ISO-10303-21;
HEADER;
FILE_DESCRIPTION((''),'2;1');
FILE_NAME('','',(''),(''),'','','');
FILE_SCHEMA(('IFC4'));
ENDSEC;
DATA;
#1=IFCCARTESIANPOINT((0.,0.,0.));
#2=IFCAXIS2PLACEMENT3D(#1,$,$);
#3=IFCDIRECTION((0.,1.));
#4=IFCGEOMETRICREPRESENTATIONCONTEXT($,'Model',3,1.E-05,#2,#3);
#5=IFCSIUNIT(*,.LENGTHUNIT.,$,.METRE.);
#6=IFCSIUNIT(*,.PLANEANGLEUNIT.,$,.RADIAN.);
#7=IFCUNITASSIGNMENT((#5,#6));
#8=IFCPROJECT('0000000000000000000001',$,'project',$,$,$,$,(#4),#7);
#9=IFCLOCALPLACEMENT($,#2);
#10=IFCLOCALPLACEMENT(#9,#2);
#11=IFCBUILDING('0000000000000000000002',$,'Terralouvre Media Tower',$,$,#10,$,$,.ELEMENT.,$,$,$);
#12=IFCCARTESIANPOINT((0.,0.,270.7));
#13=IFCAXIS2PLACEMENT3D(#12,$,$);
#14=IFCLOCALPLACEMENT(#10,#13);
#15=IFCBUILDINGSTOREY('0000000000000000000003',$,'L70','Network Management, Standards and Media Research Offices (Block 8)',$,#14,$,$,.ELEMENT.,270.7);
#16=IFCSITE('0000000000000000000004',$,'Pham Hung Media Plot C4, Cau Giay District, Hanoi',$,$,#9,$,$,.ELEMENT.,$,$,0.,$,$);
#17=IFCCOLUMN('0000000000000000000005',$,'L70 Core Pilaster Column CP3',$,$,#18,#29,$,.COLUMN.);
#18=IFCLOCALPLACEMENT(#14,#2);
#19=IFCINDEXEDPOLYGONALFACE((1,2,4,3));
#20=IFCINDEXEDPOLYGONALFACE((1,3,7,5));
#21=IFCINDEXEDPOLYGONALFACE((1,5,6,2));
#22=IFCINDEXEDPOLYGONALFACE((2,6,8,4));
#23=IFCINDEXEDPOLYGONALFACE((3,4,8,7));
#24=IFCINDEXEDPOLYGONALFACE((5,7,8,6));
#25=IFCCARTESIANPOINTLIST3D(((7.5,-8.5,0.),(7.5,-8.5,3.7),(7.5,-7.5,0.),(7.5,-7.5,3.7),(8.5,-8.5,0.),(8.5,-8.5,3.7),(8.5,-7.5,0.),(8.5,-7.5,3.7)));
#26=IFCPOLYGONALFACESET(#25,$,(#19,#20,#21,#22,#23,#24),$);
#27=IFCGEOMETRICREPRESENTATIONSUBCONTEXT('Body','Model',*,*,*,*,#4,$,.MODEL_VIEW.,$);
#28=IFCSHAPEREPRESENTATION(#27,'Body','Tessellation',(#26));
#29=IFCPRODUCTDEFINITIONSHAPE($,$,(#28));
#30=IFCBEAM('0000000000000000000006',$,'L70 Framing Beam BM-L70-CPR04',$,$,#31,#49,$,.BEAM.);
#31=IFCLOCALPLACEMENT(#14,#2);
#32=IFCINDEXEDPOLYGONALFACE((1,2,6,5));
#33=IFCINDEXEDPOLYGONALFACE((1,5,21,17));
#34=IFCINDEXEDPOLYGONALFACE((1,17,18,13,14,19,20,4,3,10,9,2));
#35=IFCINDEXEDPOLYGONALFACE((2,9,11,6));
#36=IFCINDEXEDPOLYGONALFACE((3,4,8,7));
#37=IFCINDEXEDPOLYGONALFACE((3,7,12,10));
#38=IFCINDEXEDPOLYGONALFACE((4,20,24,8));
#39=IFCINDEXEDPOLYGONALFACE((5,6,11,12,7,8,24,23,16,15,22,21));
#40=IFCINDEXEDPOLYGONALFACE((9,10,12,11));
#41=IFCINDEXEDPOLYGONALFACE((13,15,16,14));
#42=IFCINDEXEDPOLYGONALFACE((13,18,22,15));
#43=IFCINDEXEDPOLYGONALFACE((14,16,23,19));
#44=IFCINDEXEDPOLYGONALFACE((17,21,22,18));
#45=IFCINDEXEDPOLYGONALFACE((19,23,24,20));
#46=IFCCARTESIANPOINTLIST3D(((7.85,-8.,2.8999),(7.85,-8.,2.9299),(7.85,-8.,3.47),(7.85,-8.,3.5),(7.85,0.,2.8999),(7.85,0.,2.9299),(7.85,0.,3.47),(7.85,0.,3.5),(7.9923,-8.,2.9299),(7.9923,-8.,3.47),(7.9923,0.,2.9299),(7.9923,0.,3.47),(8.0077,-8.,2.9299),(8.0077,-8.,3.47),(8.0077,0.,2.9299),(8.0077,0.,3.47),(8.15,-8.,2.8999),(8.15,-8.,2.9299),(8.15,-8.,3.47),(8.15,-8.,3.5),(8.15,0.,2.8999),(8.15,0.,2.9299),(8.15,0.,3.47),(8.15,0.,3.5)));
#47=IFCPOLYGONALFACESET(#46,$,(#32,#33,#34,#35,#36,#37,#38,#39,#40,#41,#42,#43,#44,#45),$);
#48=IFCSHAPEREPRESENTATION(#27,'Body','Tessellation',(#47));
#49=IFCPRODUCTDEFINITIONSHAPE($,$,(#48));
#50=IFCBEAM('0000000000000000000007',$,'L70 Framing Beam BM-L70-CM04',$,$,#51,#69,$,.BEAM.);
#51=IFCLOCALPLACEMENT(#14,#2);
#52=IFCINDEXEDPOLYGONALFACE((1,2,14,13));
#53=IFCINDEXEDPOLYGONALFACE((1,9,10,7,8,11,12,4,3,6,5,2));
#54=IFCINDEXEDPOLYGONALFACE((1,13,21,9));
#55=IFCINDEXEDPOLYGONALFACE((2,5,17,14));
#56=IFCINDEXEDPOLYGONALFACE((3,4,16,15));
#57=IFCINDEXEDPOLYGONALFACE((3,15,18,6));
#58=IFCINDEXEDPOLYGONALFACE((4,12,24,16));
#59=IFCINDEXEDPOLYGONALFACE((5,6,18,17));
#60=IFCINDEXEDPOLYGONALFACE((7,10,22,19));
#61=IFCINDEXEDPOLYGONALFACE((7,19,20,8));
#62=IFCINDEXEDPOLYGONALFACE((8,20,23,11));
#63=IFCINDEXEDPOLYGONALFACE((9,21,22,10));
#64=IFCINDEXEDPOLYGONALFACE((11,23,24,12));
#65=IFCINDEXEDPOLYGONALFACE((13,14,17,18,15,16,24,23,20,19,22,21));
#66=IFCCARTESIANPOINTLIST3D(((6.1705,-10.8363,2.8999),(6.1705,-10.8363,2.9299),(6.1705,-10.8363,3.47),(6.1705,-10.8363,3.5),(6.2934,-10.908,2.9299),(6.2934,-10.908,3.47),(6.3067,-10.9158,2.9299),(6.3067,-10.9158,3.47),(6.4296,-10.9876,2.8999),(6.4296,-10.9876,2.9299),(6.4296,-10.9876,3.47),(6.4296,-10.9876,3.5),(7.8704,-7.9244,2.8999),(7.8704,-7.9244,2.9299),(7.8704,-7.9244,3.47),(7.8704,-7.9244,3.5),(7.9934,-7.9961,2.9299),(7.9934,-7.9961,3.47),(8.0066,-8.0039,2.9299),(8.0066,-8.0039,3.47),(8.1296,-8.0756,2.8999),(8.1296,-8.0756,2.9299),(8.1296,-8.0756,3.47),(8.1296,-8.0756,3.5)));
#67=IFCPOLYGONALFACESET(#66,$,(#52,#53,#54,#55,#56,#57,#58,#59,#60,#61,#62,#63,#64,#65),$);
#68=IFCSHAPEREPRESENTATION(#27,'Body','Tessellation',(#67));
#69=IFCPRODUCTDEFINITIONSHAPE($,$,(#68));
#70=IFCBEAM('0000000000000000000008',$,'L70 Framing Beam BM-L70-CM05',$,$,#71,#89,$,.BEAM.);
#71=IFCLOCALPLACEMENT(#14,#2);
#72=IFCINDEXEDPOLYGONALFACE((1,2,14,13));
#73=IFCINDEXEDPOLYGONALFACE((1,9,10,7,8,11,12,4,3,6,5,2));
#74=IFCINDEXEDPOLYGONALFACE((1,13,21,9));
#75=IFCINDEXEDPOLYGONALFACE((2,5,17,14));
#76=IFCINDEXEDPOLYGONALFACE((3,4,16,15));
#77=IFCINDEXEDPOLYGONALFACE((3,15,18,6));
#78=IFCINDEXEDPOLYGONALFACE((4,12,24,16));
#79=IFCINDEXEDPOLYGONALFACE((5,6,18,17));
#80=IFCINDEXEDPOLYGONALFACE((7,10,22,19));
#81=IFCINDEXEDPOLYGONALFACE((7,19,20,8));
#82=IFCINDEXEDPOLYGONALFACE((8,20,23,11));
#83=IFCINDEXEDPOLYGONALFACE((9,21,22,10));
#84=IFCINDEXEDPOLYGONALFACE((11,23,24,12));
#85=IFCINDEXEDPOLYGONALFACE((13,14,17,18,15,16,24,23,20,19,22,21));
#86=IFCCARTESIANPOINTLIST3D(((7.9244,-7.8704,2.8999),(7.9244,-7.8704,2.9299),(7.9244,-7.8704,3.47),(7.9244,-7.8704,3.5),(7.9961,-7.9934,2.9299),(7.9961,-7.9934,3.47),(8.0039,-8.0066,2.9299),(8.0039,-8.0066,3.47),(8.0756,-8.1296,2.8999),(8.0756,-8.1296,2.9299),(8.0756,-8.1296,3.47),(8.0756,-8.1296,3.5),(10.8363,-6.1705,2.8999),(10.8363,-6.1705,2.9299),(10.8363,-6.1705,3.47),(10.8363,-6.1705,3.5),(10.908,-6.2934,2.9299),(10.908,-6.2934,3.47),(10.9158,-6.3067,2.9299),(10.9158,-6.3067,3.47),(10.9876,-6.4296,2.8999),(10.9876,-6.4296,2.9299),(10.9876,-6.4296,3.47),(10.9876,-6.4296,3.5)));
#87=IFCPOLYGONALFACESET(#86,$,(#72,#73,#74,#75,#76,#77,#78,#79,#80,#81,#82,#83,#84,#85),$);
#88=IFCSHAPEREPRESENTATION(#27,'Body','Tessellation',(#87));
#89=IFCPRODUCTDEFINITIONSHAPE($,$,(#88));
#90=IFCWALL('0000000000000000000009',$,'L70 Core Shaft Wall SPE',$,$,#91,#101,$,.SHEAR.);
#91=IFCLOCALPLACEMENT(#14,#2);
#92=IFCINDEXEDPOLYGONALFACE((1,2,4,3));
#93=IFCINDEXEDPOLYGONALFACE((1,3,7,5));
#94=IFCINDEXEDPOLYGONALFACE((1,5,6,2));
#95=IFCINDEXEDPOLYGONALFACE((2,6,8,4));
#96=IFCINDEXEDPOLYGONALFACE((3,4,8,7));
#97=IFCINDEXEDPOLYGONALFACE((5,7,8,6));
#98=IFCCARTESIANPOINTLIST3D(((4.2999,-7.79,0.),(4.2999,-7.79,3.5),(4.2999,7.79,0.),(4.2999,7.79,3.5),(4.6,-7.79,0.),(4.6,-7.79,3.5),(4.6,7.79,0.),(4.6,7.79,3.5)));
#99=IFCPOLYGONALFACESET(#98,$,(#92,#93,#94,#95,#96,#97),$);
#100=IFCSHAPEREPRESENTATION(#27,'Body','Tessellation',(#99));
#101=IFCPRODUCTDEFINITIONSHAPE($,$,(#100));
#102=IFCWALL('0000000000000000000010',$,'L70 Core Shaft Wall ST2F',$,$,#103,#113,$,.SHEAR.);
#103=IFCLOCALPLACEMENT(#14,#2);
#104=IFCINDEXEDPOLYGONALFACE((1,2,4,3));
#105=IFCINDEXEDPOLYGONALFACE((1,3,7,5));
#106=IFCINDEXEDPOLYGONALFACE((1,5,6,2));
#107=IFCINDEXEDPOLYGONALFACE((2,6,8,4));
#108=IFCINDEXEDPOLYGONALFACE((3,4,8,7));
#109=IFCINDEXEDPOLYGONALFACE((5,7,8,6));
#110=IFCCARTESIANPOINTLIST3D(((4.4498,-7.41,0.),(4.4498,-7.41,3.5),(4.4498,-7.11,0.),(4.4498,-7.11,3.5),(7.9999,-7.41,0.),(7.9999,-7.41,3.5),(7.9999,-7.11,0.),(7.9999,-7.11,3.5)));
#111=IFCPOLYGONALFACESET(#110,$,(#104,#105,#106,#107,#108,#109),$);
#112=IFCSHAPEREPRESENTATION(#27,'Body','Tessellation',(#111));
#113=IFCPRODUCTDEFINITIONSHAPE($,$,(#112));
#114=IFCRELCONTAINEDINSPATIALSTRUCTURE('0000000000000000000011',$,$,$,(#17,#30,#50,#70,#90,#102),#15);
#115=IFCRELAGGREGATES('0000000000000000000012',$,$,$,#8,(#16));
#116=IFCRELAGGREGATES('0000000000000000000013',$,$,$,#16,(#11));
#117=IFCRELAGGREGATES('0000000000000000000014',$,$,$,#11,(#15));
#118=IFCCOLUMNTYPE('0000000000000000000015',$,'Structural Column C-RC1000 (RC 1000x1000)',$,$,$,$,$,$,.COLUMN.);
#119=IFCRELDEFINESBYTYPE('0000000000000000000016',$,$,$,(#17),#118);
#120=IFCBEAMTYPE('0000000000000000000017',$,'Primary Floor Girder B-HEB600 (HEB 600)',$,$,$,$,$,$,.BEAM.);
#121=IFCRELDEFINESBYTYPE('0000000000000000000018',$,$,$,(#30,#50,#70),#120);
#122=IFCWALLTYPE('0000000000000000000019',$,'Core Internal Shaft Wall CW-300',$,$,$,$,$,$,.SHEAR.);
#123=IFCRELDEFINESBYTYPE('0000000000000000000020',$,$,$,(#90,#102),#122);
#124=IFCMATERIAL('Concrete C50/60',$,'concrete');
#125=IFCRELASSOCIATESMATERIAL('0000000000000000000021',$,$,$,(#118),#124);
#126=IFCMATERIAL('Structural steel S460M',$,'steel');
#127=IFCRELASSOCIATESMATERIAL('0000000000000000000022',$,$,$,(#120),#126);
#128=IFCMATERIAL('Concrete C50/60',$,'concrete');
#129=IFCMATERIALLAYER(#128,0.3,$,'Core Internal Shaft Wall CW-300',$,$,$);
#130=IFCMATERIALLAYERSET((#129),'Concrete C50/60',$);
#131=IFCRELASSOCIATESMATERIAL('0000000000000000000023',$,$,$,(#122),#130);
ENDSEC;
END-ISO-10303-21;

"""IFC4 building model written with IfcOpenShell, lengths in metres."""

from ifc_helpers import new_model, si_unit, direction, frame, frame_2d, origin, origin_2d, place, context, subcontext, project, spatial, rectangle, i_section, extrude, material, layer, layer_set, material_profile, profile_set, type_object, element, save


model = new_model("IFC4")

# Units and contexts
model_context = context("Model", 3, precision=1e-05, world=origin(), true_north=direction((0.0, 1.0)))
body_context = subcontext(model_context, "Body", "Model", "MODEL_VIEW")
ifc_project = project(units=[si_unit("LENGTHUNIT", "METRE"), si_unit("PLANEANGLEUNIT", "RADIAN")], contexts=[model_context])

# Site, building, storey
site_placement = place(None, origin())
site = spatial("IfcSite", under=ifc_project, at=site_placement, Name="Pham Hung Media Plot C4, Cau Giay District, Hanoi", CompositionType="ELEMENT", RefElevation=0.0)
building_placement = place(site_placement, origin())
building = spatial("IfcBuilding", under=site, at=building_placement, Name="Terralouvre Media Tower", CompositionType="ELEMENT")
storey_placement = place(building_placement, frame((0.0, 0.0, 270.7)))
storey = spatial("IfcBuildingStorey", under=building, at=storey_placement, Name="L70", Description="Network Management, Standards and Media Research Offices (Block 8)", CompositionType="ELEMENT", Elevation=270.7)

# Column
ifc_material_1 = material(Name="Concrete C50/60", Category="concrete")
ifc_material_profile_1 = material_profile(ifc_material_1, rectangle(XDim=1.0, YDim=1.0, at=origin_2d()), Name="RC 1000x1000")
ifc_profile_set_1 = profile_set([ifc_material_profile_1], Name="Concrete C50/60")
column_type = type_object("IfcColumnType", Name="Structural Column C-RC1000 (RC 1000x1000)", PredefinedType="COLUMN", material=ifc_profile_set_1)
column_placement = place(storey_placement, frame((8.0, -8.0, 0.0), z_axis=(0.0, 0.0, 1.0), x_axis=(1.0, 0.0, 0.0)))
element("IfcColumn", 1, at=column_placement, inside=storey, type_object=column_type, Name="L70 Core Pilaster Column CP3", PredefinedType="COLUMN", context=body_context, shape_type="SweptSolid", body=[
    extrude(rectangle(XDim=1.0, YDim=1.0, at=origin_2d()), origin(), (0.0, 0.0, 1.0), 3.7),
])

# Beams
ifc_material_2 = material(Name="Structural steel S460M", Category="steel")
ifc_material_profile_2 = material_profile(ifc_material_2, i_section(OverallWidth=0.3, OverallDepth=0.6001, WebThickness=0.0154, FlangeThickness=0.03, at=origin_2d()), Name="HEB 600")
ifc_profile_set_2 = profile_set([ifc_material_profile_2], Name="Structural steel S460M")
beam_type = type_object("IfcBeamType", Name="Primary Floor Girder B-HEB600 (HEB 600)", PredefinedType="BEAM", material=ifc_profile_set_2)
beam_placement = place(storey_placement, frame((8.0, -8.0, 3.2), z_axis=(0.0, 1.0, 0.0), x_axis=(-1.0, 0.0, 0.0)))
element("IfcBeam", 2, at=beam_placement, inside=storey, type_object=beam_type, Name="L70 Framing Beam BM-L70-CPR04", PredefinedType="BEAM", context=body_context, shape_type="SweptSolid", body=[
    extrude(i_section(OverallWidth=0.3, OverallDepth=0.6001, WebThickness=0.0154, FlangeThickness=0.03, at=origin_2d()), origin(), (0.0, 0.0, 1.0), 8.0),
])
for number, where, z_axis, x_axis, name in (
    (3, (8.0, -8.0, 3.2), (-0.504173, -0.863603, 0.0), (0.863603, -0.504173, 0.0), "L70 Framing Beam BM-L70-CM04"),
    (4, (8.0, -8.0, 3.2), (0.863603, 0.504173, 0.0), (-0.504173, 0.863603, 0.0), "L70 Framing Beam BM-L70-CM05"),
):
    element("IfcBeam", number, at=place(storey_placement, frame(where, z_axis=z_axis, x_axis=x_axis)), inside=storey, type_object=beam_type, Name=name, PredefinedType="BEAM", context=body_context, shape_type="SweptSolid", body=[
        extrude(i_section(OverallWidth=0.3, OverallDepth=0.6001, WebThickness=0.0154, FlangeThickness=0.03, at=origin_2d()), origin(), (0.0, 0.0, 1.0), 3.3718),
    ])

# Wall
ifc_material_3 = material(Name="Concrete C50/60", Category="concrete")
ifc_layer_1 = layer(ifc_material_3, 0.3, Name="Core Internal Shaft Wall CW-300")
ifc_layer_set_1 = layer_set([ifc_layer_1], Name="Concrete C50/60")
wall_type_1 = type_object("IfcWallType", Name="Core Internal Shaft Wall CW-300", PredefinedType="SHEAR", material=ifc_layer_set_1)
wall_1_placement = place(storey_placement, frame((4.45, -7.79, 0.0), z_axis=(0.0, 0.0, 1.0), x_axis=(0.0, 1.0, 0.0)))
element("IfcWall", 5, at=wall_1_placement, inside=storey, type_object=wall_type_1, Name="L70 Core Shaft Wall SPE", PredefinedType="SHEAR", context=body_context, shape_type="SweptSolid", body=[
    extrude(rectangle(XDim=15.5801, YDim=0.3, at=frame_2d((7.79, 0.0))), origin(), (0.0, 0.0, 1.0), 3.5),
])

# Wall
wall_2_placement = place(storey_placement, frame((4.45, -7.26, 0.0), z_axis=(0.0, 0.0, 1.0), x_axis=(1.0, 0.0, 0.0)))
element("IfcWall", 6, at=wall_2_placement, inside=storey, type_object=wall_type_1, Name="L70 Core Shaft Wall ST2F", PredefinedType="SHEAR", context=body_context, shape_type="SweptSolid", body=[
    extrude(rectangle(XDim=3.55, YDim=0.3, at=frame_2d((1.7749, 0.0))), origin(), (0.0, 0.0, 1.0), 3.5),
])

save(model, "model.ifc")
